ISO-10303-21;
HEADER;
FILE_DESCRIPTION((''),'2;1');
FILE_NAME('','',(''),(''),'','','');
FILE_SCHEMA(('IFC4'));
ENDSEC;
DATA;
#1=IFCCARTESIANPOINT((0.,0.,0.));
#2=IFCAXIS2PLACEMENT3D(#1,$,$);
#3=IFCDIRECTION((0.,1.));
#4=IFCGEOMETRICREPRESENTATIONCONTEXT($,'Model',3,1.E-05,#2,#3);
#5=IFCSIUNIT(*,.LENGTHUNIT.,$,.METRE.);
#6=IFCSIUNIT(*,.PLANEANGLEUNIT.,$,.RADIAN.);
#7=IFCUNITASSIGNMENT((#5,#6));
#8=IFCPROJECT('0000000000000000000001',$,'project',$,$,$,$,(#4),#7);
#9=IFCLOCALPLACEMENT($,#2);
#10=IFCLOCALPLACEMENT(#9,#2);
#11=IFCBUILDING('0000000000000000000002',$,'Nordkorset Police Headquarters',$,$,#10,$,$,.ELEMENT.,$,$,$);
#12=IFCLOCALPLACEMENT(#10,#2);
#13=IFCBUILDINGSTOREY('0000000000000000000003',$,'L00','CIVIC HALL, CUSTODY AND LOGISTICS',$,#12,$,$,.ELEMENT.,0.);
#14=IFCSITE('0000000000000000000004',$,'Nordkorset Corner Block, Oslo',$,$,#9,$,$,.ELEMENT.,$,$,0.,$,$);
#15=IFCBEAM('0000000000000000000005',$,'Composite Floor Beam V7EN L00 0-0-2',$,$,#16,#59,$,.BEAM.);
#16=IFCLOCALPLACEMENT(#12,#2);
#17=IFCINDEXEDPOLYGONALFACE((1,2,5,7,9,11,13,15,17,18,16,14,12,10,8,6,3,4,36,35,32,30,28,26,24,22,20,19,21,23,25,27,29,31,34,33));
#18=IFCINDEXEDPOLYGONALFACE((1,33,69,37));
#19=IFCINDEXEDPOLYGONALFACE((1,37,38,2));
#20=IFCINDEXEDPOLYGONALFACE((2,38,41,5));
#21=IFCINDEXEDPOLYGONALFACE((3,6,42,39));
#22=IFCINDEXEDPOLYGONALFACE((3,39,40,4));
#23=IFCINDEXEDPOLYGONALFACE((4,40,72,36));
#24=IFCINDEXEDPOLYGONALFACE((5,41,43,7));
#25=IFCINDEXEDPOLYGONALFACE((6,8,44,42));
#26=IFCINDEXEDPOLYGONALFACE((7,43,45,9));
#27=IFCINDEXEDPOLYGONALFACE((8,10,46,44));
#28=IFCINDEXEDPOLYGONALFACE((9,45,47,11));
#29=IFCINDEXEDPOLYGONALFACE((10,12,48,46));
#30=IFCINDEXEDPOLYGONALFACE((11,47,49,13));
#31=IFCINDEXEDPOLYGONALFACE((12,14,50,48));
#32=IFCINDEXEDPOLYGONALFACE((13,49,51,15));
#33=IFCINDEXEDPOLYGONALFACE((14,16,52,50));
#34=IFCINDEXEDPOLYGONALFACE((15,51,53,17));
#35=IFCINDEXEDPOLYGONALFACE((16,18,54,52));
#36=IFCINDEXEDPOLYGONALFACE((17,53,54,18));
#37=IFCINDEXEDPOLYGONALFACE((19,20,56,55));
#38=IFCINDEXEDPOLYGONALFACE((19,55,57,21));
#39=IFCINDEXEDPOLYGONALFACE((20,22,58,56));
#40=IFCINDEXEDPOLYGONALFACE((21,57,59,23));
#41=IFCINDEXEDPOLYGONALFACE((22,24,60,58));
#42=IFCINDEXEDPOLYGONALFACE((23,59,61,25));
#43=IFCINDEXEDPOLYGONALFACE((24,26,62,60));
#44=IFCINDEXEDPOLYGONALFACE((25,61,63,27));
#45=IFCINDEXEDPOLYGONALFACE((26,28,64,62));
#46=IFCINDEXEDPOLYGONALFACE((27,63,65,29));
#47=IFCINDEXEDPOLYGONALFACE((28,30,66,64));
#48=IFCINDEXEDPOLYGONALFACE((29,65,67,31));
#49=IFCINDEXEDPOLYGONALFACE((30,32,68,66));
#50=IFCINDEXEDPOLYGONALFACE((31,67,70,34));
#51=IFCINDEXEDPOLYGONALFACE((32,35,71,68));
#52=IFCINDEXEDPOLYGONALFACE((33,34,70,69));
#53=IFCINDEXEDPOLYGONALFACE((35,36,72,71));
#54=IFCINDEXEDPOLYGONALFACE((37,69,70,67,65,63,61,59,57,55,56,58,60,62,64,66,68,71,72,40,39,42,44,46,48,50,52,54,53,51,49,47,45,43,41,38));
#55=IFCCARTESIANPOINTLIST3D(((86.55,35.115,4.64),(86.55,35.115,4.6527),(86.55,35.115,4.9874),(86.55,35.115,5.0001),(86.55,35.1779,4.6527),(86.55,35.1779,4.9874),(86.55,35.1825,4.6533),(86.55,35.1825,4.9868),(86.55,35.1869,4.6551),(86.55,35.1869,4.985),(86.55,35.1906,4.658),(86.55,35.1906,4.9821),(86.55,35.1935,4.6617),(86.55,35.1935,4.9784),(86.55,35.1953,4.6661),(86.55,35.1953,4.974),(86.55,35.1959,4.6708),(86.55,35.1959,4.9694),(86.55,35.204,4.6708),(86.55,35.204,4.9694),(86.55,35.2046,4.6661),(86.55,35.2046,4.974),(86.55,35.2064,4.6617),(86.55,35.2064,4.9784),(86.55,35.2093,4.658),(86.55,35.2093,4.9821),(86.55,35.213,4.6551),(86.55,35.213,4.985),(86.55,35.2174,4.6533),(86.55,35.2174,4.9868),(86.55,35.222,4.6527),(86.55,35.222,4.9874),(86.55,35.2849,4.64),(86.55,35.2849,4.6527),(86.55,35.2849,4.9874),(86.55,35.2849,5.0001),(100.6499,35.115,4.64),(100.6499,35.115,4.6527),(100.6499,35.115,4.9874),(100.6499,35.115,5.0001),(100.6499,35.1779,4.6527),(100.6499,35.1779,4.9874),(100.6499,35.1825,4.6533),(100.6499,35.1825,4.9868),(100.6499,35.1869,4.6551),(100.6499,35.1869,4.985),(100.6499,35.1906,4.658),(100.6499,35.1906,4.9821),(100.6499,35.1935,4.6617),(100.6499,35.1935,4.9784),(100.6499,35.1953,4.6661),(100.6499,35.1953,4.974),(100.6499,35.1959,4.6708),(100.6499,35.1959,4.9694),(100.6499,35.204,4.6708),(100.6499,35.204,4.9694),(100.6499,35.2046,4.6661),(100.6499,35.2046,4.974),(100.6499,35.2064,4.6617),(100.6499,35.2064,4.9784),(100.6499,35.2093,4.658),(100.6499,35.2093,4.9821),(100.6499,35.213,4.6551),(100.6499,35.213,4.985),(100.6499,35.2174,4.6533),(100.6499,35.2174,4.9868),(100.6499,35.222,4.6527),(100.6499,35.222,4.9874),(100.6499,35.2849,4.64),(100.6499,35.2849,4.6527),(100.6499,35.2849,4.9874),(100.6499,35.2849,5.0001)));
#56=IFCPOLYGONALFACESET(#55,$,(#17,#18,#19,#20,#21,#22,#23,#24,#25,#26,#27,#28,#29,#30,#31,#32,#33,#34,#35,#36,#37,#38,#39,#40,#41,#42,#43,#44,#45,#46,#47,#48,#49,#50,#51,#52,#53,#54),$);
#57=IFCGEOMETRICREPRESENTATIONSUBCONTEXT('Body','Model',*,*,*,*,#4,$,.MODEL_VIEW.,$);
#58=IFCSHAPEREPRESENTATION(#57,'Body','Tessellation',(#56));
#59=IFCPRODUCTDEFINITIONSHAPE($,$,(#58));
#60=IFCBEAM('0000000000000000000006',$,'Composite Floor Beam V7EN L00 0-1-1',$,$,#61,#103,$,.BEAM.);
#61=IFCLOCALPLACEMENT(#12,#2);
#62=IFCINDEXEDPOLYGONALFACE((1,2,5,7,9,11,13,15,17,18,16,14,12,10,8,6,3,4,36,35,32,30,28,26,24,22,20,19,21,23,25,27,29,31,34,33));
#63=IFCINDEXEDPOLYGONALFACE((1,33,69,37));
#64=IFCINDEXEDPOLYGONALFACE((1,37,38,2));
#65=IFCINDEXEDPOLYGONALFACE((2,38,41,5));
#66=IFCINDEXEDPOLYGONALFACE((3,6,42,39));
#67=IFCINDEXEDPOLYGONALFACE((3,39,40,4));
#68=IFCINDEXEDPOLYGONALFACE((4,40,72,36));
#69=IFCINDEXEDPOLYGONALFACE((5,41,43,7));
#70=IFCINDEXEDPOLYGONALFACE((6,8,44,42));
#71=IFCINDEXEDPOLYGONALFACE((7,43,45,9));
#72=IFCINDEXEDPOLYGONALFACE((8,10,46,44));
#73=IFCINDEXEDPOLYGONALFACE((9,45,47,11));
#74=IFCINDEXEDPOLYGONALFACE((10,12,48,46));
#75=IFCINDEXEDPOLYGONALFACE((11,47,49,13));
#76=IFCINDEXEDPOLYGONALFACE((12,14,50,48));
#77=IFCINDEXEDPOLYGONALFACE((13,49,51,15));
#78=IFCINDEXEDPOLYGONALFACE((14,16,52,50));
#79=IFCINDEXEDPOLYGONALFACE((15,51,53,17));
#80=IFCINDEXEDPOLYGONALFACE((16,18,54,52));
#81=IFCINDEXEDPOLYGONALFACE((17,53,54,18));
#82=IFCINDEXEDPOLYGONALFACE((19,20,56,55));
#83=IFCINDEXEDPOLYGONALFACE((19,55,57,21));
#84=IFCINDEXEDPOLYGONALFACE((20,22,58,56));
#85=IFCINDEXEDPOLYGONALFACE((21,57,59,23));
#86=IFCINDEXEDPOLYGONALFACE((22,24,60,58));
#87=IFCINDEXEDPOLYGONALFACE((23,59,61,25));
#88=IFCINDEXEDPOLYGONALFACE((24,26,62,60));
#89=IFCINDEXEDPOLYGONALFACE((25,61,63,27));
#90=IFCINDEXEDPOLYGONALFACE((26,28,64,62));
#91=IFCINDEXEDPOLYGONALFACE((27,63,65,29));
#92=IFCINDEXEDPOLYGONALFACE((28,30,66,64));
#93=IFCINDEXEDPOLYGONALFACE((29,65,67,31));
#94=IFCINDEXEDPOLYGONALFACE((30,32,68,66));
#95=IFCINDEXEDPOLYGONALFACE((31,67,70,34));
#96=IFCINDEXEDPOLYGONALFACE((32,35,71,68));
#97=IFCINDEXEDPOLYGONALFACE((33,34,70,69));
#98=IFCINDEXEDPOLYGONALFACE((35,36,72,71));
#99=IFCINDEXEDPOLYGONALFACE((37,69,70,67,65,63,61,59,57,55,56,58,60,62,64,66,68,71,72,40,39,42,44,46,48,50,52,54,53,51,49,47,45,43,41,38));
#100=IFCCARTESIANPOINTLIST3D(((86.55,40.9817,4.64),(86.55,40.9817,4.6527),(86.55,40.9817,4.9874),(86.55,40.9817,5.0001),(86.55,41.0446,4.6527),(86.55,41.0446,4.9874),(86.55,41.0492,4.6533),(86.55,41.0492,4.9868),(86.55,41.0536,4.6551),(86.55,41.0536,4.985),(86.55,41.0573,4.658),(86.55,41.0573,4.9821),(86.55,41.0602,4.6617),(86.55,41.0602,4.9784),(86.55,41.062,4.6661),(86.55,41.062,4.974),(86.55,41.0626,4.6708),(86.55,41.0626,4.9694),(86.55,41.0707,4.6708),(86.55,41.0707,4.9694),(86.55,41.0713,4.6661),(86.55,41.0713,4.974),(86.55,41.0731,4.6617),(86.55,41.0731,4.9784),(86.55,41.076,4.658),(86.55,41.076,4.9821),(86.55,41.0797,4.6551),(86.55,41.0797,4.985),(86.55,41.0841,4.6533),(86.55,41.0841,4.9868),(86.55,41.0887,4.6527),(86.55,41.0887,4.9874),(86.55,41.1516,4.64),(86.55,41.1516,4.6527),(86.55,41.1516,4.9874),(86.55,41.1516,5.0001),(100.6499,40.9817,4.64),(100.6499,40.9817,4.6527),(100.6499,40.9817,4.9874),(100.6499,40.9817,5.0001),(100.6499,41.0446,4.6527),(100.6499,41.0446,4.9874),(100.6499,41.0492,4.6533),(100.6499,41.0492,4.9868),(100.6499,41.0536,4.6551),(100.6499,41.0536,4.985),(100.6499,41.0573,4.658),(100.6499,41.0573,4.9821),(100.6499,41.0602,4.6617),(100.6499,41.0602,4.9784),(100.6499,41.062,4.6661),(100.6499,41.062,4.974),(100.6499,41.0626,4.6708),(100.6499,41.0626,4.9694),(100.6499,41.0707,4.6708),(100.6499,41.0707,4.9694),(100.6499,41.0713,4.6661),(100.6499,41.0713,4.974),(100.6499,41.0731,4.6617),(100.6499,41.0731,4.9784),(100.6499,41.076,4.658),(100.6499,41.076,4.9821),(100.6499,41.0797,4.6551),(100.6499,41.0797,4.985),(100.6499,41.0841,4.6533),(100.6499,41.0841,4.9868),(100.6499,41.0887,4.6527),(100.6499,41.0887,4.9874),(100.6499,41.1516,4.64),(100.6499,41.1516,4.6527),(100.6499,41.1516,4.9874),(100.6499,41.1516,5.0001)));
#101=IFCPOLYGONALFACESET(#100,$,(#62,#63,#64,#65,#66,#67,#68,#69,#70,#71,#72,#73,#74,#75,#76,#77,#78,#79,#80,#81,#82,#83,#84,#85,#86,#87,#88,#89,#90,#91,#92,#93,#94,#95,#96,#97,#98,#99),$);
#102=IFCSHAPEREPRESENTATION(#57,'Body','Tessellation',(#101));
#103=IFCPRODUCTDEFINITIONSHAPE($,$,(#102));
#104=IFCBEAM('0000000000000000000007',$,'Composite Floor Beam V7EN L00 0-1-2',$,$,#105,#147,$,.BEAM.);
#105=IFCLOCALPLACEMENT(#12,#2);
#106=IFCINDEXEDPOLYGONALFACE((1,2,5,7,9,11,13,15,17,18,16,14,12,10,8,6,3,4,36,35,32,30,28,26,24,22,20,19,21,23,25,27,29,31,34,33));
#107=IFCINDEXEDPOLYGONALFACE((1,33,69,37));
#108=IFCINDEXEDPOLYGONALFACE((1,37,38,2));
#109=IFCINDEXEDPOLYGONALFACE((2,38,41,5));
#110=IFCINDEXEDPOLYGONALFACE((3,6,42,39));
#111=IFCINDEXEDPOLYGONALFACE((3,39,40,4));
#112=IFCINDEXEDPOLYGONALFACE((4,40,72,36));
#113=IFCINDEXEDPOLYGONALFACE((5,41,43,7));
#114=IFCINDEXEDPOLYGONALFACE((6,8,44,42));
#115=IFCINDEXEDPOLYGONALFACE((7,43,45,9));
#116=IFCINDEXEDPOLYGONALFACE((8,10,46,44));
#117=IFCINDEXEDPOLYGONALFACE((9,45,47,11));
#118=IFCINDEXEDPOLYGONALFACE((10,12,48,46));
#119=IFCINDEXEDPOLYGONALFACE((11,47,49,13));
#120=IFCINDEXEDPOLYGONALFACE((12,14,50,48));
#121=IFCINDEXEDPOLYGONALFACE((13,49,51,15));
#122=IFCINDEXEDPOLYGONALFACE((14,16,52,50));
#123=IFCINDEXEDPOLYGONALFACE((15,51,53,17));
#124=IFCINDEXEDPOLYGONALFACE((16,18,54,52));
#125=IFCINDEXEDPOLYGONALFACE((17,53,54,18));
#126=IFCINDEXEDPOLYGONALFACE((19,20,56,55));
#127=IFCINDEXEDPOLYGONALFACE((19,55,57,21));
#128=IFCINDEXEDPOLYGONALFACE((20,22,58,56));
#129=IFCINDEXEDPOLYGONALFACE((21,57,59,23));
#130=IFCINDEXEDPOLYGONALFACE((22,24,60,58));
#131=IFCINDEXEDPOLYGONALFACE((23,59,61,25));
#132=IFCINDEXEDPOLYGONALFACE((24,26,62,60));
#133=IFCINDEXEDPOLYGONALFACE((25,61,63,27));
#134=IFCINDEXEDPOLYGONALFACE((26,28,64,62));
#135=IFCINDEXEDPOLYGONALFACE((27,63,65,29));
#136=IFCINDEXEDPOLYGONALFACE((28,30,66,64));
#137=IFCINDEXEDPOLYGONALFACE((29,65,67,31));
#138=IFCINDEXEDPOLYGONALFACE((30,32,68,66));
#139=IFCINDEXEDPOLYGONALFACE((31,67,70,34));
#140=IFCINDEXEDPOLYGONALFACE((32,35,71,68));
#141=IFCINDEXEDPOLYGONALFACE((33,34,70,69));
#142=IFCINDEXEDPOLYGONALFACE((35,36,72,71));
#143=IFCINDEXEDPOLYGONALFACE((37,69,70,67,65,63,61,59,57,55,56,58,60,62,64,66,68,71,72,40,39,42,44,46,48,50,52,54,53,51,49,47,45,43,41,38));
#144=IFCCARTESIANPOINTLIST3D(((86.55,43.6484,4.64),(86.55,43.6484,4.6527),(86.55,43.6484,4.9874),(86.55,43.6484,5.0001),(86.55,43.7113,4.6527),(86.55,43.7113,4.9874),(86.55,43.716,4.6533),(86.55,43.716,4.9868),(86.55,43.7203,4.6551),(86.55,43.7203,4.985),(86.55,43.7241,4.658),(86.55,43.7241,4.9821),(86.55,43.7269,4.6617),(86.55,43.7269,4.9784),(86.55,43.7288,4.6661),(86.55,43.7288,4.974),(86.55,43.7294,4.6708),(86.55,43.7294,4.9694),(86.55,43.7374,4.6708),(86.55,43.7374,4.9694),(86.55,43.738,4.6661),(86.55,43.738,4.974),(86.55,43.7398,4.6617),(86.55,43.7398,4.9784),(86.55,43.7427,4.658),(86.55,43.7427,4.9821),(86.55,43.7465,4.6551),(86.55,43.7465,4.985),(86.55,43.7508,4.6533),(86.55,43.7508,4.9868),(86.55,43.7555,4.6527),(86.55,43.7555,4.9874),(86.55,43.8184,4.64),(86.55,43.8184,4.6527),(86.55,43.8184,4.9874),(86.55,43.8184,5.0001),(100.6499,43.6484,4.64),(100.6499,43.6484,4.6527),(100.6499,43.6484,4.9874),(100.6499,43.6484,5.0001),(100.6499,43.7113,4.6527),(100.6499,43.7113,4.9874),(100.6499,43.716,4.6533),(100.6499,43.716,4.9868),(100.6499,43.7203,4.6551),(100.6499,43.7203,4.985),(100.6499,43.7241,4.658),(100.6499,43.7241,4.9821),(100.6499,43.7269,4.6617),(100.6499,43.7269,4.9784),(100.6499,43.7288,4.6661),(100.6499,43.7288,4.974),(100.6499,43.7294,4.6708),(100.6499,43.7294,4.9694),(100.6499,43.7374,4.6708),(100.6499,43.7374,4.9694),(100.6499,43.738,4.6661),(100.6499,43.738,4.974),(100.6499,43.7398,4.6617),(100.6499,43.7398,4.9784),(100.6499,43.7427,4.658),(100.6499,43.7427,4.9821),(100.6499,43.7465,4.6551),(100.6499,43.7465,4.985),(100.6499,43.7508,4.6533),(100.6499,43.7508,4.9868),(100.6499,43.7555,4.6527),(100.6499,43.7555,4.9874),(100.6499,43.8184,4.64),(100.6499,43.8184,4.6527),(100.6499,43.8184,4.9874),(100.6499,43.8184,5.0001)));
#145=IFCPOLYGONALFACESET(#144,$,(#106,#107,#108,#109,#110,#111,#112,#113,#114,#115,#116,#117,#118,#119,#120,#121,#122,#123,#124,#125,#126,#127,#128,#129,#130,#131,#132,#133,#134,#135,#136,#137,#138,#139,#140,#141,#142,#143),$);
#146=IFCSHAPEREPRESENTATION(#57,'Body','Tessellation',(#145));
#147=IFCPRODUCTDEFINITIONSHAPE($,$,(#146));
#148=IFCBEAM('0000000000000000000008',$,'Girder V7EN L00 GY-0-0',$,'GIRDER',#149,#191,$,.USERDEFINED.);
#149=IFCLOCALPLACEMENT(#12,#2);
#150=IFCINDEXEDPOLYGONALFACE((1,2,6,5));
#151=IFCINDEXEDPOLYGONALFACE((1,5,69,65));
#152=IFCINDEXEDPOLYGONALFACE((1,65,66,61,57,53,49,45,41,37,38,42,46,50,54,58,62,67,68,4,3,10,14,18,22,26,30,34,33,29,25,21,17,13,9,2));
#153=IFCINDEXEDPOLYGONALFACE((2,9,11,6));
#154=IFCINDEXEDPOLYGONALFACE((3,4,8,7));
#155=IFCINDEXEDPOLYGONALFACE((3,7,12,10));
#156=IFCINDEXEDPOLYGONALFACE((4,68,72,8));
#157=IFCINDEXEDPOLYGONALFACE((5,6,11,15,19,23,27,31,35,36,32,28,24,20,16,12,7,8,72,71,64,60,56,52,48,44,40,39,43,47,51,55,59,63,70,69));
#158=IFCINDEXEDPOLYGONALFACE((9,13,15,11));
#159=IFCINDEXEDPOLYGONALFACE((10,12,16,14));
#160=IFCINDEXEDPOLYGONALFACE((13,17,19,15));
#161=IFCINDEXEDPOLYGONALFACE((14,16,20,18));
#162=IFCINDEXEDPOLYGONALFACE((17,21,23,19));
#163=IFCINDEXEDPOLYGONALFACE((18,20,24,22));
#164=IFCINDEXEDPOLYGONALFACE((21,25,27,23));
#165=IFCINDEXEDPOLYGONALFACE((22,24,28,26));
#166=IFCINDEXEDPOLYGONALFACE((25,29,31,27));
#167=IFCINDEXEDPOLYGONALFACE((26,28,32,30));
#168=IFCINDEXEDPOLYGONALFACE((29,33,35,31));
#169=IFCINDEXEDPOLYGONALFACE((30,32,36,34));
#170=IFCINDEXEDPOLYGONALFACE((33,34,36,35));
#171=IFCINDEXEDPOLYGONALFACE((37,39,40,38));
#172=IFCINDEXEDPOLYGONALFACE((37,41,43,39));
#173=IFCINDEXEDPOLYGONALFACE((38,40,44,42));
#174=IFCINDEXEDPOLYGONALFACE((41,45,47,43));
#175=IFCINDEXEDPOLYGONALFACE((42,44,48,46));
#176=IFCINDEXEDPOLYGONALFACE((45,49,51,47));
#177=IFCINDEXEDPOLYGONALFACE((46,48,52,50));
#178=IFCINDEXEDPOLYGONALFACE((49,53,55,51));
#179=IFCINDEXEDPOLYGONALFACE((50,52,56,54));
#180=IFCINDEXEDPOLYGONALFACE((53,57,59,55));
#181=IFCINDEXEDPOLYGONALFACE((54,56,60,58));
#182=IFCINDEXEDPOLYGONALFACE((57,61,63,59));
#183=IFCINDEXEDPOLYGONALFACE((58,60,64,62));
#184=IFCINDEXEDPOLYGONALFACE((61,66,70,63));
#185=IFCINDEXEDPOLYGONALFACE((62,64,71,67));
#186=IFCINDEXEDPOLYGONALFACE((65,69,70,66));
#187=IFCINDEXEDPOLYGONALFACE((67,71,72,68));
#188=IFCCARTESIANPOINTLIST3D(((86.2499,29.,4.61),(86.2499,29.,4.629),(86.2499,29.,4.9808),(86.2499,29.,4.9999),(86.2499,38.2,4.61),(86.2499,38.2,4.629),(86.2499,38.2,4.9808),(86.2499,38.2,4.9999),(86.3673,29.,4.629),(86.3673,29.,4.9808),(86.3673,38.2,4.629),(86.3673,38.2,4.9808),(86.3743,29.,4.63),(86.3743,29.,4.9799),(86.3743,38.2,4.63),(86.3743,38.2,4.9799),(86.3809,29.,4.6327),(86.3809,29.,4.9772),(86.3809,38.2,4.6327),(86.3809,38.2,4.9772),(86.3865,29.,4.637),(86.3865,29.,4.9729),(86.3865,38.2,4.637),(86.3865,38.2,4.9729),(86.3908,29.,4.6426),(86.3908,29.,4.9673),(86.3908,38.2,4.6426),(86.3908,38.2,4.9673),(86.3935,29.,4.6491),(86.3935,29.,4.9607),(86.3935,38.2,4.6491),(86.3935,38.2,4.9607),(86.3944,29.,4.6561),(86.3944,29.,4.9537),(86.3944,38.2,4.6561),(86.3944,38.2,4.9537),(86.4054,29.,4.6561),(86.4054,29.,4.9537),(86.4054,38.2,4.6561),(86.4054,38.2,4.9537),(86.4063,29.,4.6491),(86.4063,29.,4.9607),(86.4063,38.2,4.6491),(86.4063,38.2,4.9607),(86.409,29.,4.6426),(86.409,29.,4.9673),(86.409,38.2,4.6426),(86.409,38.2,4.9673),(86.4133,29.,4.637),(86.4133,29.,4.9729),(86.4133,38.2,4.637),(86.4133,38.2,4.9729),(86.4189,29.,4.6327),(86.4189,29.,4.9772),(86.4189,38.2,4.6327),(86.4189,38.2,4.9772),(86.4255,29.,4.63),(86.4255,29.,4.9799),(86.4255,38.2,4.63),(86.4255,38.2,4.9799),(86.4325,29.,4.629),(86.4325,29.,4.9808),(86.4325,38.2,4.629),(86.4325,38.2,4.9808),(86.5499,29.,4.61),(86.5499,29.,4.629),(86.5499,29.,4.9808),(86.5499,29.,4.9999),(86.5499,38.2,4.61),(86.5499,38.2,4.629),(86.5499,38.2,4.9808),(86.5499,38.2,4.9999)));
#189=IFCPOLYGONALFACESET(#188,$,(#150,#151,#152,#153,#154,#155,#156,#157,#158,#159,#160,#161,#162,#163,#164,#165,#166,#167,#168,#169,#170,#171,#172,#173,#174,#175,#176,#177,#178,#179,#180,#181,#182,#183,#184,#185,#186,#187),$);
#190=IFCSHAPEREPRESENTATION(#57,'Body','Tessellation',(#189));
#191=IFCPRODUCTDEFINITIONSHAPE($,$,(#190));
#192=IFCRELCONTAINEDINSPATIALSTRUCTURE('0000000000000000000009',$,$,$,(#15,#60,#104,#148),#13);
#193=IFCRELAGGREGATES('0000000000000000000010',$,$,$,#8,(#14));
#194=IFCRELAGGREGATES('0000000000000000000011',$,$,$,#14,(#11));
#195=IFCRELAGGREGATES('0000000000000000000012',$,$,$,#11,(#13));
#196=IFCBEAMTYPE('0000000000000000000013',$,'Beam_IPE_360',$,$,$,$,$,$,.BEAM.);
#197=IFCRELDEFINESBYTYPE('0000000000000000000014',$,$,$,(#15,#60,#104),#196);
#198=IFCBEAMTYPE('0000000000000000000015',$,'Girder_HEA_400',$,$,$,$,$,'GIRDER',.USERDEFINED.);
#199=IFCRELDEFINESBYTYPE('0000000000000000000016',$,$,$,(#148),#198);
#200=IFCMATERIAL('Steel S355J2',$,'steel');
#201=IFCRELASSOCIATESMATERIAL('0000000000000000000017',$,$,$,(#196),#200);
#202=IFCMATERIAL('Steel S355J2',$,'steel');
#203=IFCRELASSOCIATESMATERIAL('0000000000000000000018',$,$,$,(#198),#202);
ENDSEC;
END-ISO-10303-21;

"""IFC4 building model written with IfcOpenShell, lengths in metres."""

from ifc_helpers import new_model, si_unit, direction, frame, origin, origin_2d, place, context, subcontext, project, spatial, i_section, extrude, material, material_profile, profile_set, type_object, element, save


model = new_model("IFC4")

# Units and contexts
model_context = context("Model", 3, precision=1e-05, world=origin(), true_north=direction((0.0, 1.0)))
body_context = subcontext(model_context, "Body", "Model", "MODEL_VIEW")
ifc_project = project(units=[si_unit("LENGTHUNIT", "METRE"), si_unit("PLANEANGLEUNIT", "RADIAN")], contexts=[model_context])

# Site, building, storey
site_placement = place(None, origin())
site = spatial("IfcSite", under=ifc_project, at=site_placement, Name="Nordkorset Corner Block, Oslo", CompositionType="ELEMENT", RefElevation=0.0)
building_placement = place(site_placement, origin())
building = spatial("IfcBuilding", under=site, at=building_placement, Name="Nordkorset Police Headquarters", CompositionType="ELEMENT")
storey_placement = place(building_placement, origin())
storey = spatial("IfcBuildingStorey", under=building, at=storey_placement, Name="L00", Description="CIVIC HALL, CUSTODY AND LOGISTICS", CompositionType="ELEMENT", Elevation=0.0)

# Beams
ifc_material_1 = material(Name="Steel S355J2", Category="steel")
ifc_material_profile_1 = material_profile(ifc_material_1, i_section(OverallWidth=0.1699, OverallDepth=0.3601, WebThickness=0.0081, FlangeThickness=0.0127, FilletRadius=0.0181, at=origin_2d()), Name="IPE 360")
ifc_profile_set_1 = profile_set([ifc_material_profile_1], Name="Steel S355J2")
beam_type_1 = type_object("IfcBeamType", Name="Beam_IPE_360", PredefinedType="BEAM", material=ifc_profile_set_1)
for number, where, z_axis, x_axis, name in (
    (1, (86.55, 35.2, 4.8201), (1.0, 0.0, 0.0), (0.0, 1.0, 0.0), "Composite Floor Beam V7EN L00 0-0-2"),
    (2, (86.55, 41.0667, 4.8201), (1.0, 0.0, 0.0), (0.0, 1.0, 0.0), "Composite Floor Beam V7EN L00 0-1-1"),
    (3, (86.55, 43.7334, 4.8201), (1.0, 0.0, 0.0), (0.0, 1.0, 0.0), "Composite Floor Beam V7EN L00 0-1-2"),
):
    element("IfcBeam", number, at=place(storey_placement, frame(where, z_axis=z_axis, x_axis=x_axis)), inside=storey, type_object=beam_type_1, Name=name, PredefinedType="BEAM", context=body_context, shape_type="SweptSolid", body=[
        extrude(i_section(OverallWidth=0.1699, OverallDepth=0.3601, WebThickness=0.0081, FlangeThickness=0.0127, FilletRadius=0.0181, at=origin_2d()), origin(), (0.0, 0.0, 1.0), 14.0999),
    ])
ifc_material_2 = material(Name="Steel S355J2", Category="steel")
ifc_material_profile_2 = material_profile(ifc_material_2, i_section(OverallWidth=0.3, OverallDepth=0.3899, WebThickness=0.011, FlangeThickness=0.019, FilletRadius=0.0271, at=origin_2d()), Name="HEA 400")
ifc_profile_set_2 = profile_set([ifc_material_profile_2], Name="Steel S355J2")
beam_type_2 = type_object("IfcBeamType", Name="Girder_HEA_400", ElementType="GIRDER", PredefinedType="USERDEFINED", material=ifc_profile_set_2)
beam_1_placement = place(storey_placement, frame((86.3999, 29.0, 4.8049), z_axis=(0.0, 1.0, 0.0), x_axis=(-1.0, 0.0, 0.0)))
element("IfcBeam", 4, at=beam_1_placement, inside=storey, type_object=beam_type_2, Name="Girder V7EN L00 GY-0-0", ObjectType="GIRDER", PredefinedType="USERDEFINED", context=body_context, shape_type="SweptSolid", body=[
    extrude(i_section(OverallWidth=0.3, OverallDepth=0.3899, WebThickness=0.011, FlangeThickness=0.019, FilletRadius=0.0271, at=origin_2d()), origin(), (0.0, 0.0, 1.0), 9.2),
])

save(model, "model.ifc")
